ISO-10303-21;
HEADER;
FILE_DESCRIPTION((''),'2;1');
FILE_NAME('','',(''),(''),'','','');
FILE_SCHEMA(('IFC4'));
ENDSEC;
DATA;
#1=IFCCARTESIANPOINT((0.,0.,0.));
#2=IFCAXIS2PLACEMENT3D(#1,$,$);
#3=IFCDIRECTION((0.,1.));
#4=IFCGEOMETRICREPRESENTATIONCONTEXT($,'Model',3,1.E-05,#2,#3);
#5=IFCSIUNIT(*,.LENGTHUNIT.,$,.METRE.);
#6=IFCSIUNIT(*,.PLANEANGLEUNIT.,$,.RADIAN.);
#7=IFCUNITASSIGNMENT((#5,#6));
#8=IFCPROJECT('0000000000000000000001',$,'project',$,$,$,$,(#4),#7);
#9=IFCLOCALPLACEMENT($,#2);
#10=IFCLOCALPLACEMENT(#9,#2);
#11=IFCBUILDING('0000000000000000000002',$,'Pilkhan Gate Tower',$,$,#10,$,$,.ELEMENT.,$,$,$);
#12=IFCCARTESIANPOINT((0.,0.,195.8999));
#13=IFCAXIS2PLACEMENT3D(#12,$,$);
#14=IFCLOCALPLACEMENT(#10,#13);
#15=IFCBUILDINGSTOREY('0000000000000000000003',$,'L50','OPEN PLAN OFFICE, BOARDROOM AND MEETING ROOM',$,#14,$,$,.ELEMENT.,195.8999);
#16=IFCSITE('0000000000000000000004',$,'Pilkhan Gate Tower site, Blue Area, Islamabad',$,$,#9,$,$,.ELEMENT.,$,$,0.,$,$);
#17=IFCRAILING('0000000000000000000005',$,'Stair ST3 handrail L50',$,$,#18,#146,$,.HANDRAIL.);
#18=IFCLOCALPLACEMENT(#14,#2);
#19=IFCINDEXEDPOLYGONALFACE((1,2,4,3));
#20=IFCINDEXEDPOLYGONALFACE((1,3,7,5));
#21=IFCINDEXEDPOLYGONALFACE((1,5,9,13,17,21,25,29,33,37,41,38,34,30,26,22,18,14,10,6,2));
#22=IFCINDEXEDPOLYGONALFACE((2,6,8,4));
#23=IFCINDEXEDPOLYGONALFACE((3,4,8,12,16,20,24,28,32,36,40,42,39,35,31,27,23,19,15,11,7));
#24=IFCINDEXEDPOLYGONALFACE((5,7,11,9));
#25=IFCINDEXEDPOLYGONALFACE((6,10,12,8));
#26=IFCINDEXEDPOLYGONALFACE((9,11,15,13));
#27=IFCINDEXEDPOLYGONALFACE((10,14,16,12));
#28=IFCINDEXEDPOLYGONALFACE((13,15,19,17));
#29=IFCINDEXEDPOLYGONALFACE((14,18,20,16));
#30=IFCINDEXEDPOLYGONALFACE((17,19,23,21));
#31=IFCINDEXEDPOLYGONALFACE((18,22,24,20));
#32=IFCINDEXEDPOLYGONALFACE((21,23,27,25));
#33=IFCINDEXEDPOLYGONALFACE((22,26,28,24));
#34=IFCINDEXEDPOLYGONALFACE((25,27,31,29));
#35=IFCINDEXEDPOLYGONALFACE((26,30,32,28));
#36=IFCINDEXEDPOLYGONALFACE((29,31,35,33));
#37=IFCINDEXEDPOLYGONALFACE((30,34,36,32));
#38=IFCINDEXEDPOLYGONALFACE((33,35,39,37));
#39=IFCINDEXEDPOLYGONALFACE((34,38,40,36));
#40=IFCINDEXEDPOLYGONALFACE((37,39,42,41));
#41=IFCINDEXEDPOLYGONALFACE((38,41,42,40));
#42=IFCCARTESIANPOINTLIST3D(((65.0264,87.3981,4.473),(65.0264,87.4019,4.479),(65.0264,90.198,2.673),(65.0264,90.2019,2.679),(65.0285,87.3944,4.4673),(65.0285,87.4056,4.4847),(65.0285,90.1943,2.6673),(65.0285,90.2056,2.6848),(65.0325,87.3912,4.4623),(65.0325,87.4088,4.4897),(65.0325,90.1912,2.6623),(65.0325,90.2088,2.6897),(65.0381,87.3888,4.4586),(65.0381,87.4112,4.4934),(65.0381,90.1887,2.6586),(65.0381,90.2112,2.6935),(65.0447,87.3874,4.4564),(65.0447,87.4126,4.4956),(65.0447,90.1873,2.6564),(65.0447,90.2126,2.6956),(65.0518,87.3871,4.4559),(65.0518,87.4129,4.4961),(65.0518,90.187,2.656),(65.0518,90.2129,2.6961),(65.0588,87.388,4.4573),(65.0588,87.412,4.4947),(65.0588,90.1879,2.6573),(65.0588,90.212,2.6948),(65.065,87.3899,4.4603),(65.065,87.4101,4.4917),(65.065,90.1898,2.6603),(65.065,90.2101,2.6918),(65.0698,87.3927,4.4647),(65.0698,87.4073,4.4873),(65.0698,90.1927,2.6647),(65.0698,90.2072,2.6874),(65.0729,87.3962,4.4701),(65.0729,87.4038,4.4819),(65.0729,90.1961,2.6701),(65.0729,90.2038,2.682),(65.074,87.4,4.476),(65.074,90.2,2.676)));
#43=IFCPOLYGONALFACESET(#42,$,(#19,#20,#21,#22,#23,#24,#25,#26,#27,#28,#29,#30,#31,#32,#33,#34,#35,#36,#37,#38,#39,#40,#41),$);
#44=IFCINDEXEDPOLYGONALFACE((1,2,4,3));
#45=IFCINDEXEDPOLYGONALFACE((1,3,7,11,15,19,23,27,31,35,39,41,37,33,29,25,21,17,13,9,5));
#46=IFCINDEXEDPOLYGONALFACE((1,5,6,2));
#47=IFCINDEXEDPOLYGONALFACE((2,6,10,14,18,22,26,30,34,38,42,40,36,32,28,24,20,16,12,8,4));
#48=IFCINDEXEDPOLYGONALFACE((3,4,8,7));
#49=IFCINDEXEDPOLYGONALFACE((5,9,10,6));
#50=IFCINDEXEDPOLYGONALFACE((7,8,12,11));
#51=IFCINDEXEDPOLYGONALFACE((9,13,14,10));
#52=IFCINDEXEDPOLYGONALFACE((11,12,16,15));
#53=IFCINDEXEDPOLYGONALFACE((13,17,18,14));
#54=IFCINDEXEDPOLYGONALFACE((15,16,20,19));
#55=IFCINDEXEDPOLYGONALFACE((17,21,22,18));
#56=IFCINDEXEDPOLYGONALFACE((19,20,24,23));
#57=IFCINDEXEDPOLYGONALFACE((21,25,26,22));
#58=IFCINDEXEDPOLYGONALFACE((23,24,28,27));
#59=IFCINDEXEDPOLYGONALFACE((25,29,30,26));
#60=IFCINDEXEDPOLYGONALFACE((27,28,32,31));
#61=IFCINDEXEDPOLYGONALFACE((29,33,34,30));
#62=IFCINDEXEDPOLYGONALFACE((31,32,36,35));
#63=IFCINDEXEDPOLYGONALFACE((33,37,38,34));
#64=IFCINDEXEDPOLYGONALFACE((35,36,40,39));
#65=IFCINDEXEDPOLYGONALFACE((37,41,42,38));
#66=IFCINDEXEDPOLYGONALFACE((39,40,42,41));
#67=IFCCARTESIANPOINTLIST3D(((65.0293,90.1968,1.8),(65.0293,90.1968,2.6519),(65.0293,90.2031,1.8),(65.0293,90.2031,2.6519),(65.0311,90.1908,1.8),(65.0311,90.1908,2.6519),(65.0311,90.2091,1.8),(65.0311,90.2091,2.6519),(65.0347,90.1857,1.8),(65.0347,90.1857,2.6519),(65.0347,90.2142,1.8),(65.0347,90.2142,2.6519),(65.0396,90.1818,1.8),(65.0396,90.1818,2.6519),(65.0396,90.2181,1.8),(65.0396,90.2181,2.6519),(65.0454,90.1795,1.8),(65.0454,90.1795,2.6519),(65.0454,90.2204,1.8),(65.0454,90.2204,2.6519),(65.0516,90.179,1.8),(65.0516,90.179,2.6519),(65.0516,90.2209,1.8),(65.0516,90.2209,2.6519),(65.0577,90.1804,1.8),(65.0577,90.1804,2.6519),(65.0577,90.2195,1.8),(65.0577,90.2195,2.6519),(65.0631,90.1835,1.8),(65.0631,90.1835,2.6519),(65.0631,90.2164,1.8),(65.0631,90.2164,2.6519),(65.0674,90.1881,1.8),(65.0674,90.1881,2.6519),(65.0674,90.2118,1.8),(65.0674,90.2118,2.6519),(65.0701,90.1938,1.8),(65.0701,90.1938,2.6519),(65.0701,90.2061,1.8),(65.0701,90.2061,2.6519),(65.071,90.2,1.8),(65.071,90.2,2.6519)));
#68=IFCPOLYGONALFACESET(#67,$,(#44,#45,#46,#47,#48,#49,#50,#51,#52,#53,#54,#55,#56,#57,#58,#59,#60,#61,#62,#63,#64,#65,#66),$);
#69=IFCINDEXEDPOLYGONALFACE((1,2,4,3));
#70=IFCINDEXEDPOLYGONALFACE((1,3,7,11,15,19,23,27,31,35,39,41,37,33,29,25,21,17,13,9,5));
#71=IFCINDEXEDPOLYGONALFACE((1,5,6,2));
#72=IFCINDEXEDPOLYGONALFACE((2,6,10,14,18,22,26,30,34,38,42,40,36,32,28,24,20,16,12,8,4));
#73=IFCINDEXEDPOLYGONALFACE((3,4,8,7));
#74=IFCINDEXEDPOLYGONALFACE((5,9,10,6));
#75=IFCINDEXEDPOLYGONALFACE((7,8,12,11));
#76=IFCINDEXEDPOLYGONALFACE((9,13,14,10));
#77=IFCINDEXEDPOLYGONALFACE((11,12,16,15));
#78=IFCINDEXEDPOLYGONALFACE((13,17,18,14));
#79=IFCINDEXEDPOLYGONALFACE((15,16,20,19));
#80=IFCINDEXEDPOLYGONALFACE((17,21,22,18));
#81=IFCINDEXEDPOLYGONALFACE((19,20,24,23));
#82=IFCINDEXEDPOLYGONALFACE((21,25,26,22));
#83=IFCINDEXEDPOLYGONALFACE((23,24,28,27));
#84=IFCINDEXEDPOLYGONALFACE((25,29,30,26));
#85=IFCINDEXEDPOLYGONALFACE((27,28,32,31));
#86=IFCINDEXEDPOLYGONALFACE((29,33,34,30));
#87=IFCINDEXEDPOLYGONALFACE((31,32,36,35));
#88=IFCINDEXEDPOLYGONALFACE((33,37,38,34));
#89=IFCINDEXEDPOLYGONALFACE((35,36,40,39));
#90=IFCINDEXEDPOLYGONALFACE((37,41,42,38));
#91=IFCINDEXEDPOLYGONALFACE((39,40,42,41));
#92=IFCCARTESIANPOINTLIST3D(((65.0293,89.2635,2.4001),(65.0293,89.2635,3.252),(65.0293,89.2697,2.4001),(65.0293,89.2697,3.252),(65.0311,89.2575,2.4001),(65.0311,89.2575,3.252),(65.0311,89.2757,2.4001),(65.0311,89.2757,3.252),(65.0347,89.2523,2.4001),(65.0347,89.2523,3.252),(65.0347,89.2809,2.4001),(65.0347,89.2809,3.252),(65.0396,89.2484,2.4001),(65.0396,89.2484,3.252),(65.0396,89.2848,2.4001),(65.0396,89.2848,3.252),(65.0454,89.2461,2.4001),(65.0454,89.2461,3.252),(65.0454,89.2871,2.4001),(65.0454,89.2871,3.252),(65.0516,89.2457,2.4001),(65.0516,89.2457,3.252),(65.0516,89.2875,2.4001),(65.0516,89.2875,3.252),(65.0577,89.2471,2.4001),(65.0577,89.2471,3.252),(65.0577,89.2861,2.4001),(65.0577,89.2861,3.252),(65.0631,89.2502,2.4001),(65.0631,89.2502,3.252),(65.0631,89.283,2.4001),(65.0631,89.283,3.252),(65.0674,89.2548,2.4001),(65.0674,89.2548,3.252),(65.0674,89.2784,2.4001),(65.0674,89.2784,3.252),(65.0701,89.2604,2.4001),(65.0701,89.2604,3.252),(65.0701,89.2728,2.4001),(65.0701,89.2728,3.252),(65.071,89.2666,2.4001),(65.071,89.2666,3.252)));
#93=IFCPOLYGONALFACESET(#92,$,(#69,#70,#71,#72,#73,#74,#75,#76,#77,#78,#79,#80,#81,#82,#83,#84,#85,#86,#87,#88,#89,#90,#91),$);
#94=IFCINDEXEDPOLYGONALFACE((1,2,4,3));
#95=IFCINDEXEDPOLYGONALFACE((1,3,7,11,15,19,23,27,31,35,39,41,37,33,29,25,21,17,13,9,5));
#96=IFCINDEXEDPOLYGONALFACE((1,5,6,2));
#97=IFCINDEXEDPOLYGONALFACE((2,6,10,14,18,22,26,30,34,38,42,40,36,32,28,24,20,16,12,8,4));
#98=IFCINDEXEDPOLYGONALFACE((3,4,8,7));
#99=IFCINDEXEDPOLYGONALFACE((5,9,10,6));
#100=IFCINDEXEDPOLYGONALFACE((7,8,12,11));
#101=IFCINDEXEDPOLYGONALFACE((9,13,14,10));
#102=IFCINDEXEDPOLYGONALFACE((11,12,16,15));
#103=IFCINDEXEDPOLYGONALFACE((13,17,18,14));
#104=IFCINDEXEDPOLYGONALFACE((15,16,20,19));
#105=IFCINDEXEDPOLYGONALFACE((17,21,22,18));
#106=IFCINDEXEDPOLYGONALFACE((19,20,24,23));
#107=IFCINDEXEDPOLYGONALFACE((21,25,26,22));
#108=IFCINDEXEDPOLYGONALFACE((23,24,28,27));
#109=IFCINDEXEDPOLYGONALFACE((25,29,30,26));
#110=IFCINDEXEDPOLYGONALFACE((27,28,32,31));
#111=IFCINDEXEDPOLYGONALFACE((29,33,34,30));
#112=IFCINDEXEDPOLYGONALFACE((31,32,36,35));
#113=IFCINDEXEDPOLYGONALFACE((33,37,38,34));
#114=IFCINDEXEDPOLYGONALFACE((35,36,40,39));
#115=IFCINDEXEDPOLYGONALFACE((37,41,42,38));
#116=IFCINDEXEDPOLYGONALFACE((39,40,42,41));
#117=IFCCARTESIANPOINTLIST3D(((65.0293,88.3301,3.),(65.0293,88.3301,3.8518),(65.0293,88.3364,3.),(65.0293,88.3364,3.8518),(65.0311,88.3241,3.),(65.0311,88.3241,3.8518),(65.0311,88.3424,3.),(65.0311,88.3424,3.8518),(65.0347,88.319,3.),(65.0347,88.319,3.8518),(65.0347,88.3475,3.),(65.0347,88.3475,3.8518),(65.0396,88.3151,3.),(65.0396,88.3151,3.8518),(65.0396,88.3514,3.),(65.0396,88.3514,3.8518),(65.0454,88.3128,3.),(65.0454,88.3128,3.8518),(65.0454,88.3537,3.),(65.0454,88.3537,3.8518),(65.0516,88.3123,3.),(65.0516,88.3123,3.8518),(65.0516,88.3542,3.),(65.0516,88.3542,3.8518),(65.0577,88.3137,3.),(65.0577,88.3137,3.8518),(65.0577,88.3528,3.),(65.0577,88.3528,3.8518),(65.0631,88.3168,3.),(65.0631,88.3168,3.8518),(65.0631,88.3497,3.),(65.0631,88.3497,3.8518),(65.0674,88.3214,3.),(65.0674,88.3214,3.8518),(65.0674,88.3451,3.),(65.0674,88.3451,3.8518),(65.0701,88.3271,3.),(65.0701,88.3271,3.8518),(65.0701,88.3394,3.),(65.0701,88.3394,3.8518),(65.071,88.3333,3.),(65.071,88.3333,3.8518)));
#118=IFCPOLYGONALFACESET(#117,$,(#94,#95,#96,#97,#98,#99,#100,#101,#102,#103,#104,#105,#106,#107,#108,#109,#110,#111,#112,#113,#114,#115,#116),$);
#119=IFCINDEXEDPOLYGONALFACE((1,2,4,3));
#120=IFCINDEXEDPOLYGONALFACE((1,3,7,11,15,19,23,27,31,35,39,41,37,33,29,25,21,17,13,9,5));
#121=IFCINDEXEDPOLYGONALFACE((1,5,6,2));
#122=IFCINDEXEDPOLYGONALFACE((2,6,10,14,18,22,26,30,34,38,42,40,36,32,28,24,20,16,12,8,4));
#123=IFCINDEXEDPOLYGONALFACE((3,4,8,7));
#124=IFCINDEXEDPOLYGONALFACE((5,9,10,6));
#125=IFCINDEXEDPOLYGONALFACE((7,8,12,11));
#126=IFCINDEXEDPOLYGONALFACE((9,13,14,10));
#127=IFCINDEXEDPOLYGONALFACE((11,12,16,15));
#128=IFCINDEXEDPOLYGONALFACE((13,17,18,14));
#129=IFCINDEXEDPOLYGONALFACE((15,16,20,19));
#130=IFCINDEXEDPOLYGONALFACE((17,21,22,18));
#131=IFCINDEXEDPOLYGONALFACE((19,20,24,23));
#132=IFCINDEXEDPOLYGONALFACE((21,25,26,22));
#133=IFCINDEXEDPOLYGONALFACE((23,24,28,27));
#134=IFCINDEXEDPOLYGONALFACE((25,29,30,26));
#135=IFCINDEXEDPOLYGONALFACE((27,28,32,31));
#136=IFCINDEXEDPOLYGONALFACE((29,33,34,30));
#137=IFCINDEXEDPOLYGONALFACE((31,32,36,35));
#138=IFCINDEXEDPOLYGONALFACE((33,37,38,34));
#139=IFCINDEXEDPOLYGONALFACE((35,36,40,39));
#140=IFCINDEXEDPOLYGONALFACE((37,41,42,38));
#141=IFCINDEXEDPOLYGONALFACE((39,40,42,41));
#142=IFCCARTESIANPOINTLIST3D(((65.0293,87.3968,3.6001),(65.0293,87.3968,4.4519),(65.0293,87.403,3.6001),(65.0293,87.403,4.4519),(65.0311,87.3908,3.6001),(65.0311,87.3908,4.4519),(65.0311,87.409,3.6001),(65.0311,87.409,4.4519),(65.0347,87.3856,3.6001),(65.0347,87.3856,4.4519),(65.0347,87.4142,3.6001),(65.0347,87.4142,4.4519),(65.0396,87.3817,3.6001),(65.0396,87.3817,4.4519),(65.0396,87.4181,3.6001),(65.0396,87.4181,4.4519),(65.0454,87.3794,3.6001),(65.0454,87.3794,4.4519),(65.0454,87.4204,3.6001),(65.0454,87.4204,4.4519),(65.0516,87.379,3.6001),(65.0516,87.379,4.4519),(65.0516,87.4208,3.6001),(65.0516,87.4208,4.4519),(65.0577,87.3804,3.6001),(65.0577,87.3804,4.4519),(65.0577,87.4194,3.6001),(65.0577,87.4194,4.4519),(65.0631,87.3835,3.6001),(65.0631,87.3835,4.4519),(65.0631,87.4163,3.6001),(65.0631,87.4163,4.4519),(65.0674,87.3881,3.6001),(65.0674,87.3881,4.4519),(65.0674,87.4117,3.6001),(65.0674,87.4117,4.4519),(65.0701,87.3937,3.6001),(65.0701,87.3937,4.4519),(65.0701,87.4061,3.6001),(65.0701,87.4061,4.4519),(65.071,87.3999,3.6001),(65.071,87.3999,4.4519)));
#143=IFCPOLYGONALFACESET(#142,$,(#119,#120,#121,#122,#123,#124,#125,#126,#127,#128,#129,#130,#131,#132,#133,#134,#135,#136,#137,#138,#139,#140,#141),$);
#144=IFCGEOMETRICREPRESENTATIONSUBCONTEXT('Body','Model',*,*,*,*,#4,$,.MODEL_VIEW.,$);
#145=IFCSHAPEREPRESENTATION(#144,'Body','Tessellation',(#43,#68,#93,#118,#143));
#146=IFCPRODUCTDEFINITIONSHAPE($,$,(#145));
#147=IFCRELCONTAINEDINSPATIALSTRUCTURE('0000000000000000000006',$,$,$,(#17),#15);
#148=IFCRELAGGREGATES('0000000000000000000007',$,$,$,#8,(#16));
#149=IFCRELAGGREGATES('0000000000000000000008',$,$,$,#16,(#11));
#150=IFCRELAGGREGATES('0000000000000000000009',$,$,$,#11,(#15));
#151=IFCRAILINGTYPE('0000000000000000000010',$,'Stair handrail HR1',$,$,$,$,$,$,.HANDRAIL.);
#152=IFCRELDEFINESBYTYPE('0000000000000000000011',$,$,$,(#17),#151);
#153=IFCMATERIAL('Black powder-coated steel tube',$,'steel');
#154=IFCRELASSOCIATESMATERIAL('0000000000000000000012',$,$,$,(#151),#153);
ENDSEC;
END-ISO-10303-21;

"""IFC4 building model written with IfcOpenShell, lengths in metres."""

from ifc_helpers import new_model, si_unit, direction, frame, origin, origin_2d, place, context, subcontext, project, spatial, circle, extrude, material, type_object, element, save


model = new_model("IFC4")

# Units and contexts
model_context = context("Model", 3, precision=1e-05, world=origin(), true_north=direction((0.0, 1.0)))
body_context = subcontext(model_context, "Body", "Model", "MODEL_VIEW")
ifc_project = project(units=[si_unit("LENGTHUNIT", "METRE"), si_unit("PLANEANGLEUNIT", "RADIAN")], contexts=[model_context])

# Site, building, storey
site_placement = place(None, origin())
site = spatial("IfcSite", under=ifc_project, at=site_placement, Name="Pilkhan Gate Tower site, Blue Area, Islamabad", CompositionType="ELEMENT", RefElevation=0.0)
building_placement = place(site_placement, origin())
building = spatial("IfcBuilding", under=site, at=building_placement, Name="Pilkhan Gate Tower", CompositionType="ELEMENT")
storey_placement = place(building_placement, frame((0.0, 0.0, 195.8999)))
storey = spatial("IfcBuildingStorey", under=building, at=storey_placement, Name="L50", Description="OPEN PLAN OFFICE, BOARDROOM AND MEETING ROOM", CompositionType="ELEMENT", Elevation=195.8999)

# Railing
ifc_material_1 = material(Name="Black powder-coated steel tube", Category="steel")
railing_type_1 = type_object("IfcRailingType", Name="Stair handrail HR1", PredefinedType="HANDRAIL", material=ifc_material_1)
railing_1_placement = place(storey_placement, frame((65.05, 90.2, 1.8)))
element("IfcRailing", 1, at=railing_1_placement, inside=storey, type_object=railing_type_1, Name="Stair ST3 handrail L50", PredefinedType="HANDRAIL", context=body_context, shape_type="SweptSolid", body=[
    extrude(circle(Radius=0.0239, at=origin_2d()), frame((0.0, 0.0, 0.876), z_axis=(0.0, -0.841176, 0.540761), x_axis=(1.0, 0.0, 0.0)), (0.0, 0.0, 1.0), 3.3286),
    extrude(circle(Radius=0.021, at=origin_2d()), origin(), (0.0, 0.0, 1.0), 0.8518),
    extrude(circle(Radius=0.021, at=origin_2d()), frame((0.0, -0.9333, 0.6001)), (0.0, 0.0, 1.0), 0.8518),
    extrude(circle(Radius=0.021, at=origin_2d()), frame((0.0, -1.8667, 1.2)), (0.0, 0.0, 1.0), 0.8518),
    extrude(circle(Radius=0.021, at=origin_2d()), frame((0.0, -2.8, 1.8)), (0.0, 0.0, 1.0), 0.8518),
])

save(model, "model.ifc")
